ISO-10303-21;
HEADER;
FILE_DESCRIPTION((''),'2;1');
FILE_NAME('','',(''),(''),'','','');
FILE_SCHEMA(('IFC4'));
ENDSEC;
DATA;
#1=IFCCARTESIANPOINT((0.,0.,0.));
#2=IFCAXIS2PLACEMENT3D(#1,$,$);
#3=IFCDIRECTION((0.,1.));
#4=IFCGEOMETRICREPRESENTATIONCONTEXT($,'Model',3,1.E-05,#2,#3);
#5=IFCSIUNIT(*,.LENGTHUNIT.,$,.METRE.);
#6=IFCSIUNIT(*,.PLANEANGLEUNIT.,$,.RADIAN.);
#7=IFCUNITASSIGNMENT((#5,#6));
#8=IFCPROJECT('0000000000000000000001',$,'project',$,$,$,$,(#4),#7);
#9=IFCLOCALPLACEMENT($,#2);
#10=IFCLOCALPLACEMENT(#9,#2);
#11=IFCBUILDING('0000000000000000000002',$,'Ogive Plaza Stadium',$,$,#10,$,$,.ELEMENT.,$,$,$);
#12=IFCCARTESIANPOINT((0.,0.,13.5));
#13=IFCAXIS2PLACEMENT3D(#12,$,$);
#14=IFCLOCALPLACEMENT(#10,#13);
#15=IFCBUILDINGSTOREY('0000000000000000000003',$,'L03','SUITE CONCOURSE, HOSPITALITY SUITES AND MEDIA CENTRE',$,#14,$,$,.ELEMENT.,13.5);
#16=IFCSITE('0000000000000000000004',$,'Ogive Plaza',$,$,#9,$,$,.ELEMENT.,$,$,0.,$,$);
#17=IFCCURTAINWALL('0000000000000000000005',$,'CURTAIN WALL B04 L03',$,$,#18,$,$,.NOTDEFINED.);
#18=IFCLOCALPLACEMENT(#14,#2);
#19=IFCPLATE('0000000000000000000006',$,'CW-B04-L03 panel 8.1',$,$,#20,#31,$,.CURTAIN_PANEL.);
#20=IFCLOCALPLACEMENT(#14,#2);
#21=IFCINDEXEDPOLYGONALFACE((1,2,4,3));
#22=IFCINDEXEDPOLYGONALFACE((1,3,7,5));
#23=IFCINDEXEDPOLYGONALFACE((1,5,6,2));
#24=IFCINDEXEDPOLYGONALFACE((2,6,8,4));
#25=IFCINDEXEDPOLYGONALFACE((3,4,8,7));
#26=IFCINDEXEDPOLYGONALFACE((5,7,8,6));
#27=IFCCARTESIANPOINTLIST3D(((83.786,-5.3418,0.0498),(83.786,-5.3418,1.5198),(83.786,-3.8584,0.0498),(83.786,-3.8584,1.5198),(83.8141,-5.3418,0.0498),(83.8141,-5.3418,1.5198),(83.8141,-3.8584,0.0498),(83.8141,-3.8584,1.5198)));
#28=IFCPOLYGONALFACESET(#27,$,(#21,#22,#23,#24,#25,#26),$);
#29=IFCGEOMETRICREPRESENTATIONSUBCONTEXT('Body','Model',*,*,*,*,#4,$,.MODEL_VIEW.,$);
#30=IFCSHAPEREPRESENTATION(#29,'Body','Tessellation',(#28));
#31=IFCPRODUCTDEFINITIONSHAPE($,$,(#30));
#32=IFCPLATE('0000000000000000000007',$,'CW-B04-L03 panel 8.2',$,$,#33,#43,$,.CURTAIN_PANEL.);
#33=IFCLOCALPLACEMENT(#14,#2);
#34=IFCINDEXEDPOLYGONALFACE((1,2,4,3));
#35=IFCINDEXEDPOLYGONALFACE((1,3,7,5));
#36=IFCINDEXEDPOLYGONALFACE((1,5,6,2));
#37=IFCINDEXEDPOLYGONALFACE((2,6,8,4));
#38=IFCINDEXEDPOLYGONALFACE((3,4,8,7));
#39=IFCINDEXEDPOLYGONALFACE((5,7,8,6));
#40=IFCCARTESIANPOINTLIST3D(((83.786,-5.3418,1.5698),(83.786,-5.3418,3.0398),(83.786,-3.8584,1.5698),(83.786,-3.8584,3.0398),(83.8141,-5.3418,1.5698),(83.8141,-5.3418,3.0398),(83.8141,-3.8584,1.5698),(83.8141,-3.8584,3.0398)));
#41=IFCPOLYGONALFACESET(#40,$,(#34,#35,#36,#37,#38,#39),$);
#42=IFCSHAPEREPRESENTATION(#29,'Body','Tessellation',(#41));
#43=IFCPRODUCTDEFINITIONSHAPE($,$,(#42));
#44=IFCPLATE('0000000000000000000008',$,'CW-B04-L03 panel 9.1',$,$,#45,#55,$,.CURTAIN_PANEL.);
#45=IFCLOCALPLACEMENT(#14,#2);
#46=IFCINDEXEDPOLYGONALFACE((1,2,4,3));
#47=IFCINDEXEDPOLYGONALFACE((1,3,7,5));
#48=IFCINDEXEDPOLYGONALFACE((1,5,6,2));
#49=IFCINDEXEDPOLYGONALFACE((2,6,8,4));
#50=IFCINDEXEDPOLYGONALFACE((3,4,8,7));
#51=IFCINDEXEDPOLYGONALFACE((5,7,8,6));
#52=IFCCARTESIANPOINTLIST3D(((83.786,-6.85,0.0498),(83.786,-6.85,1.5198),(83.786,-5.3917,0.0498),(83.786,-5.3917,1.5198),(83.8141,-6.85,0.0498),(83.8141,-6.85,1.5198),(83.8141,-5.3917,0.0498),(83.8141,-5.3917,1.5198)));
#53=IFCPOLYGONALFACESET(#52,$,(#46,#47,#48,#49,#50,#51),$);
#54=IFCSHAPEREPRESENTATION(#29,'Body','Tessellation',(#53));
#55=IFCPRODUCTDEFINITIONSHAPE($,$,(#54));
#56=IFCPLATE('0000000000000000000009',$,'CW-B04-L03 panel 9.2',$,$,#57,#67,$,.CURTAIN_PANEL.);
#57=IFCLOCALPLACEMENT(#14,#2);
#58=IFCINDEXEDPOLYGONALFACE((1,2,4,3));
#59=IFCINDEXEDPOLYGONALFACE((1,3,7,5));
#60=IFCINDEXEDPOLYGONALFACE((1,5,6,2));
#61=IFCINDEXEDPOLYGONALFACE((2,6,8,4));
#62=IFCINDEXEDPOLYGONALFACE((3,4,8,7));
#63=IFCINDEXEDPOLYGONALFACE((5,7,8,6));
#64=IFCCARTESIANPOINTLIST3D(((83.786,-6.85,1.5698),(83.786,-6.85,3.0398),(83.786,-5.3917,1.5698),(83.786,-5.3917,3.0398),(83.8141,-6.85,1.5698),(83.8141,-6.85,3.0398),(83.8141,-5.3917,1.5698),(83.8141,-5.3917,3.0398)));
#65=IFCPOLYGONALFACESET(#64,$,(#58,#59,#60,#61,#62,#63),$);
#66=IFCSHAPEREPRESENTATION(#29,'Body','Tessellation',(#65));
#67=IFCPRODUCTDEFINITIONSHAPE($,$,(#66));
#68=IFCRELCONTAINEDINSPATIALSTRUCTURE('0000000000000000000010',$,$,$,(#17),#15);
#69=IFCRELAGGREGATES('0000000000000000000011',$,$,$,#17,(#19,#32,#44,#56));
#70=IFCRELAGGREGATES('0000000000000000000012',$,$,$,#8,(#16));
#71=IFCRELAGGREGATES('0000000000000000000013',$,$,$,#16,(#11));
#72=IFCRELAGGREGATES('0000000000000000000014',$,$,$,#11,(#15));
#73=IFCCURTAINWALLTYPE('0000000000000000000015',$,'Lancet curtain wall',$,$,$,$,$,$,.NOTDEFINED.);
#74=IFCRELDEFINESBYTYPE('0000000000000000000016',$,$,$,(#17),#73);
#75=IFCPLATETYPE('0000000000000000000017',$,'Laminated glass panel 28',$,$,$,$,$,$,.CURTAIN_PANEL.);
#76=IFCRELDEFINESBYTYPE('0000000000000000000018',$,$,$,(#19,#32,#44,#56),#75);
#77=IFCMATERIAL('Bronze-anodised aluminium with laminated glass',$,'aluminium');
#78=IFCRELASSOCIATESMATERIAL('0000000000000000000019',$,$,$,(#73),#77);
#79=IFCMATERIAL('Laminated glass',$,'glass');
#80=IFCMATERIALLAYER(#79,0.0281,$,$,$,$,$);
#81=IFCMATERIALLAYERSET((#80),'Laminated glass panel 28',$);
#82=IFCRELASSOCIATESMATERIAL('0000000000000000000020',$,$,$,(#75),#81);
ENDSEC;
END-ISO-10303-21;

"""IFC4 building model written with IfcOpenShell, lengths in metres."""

from ifc_helpers import new_model, si_unit, direction, frame, origin, origin_2d, place, context, subcontext, project, spatial, rectangle, extrude, material, layer, layer_set, type_object, element, aggregate, save


model = new_model("IFC4")

# Units and contexts
model_context = context("Model", 3, precision=1e-05, world=origin(), true_north=direction((0.0, 1.0)))
body_context = subcontext(model_context, "Body", "Model", "MODEL_VIEW")
ifc_project = project(units=[si_unit("LENGTHUNIT", "METRE"), si_unit("PLANEANGLEUNIT", "RADIAN")], contexts=[model_context])

# Site, building, storey
site_placement = place(None, origin())
site = spatial("IfcSite", under=ifc_project, at=site_placement, Name="Ogive Plaza", CompositionType="ELEMENT", RefElevation=0.0)
building_placement = place(site_placement, origin())
building = spatial("IfcBuilding", under=site, at=building_placement, Name="Ogive Plaza Stadium", CompositionType="ELEMENT")
storey_placement = place(building_placement, frame((0.0, 0.0, 13.5)))
storey = spatial("IfcBuildingStorey", under=building, at=storey_placement, Name="L03", Description="SUITE CONCOURSE, HOSPITALITY SUITES AND MEDIA CENTRE", CompositionType="ELEMENT", Elevation=13.5)

# Curtain wall
ifc_material_1 = material(Name="Bronze-anodised aluminium with laminated glass", Category="aluminium")
curtain_wall_type = type_object("IfcCurtainWallType", Name="Lancet curtain wall", PredefinedType="NOTDEFINED", material=ifc_material_1)
curtain_wall_1_placement = place(storey_placement, origin())
curtain_wall_1 = element("IfcCurtainWall", 1, at=curtain_wall_1_placement, inside=storey, type_object=curtain_wall_type, Name="CURTAIN WALL B04 L03", PredefinedType="NOTDEFINED")

# Plates
ifc_material_2 = material(Name="Laminated glass", Category="glass")
ifc_layer = layer(ifc_material_2, 0.0281)
ifc_layer_set = layer_set([ifc_layer], Name="Laminated glass panel 28")
plate_type = type_object("IfcPlateType", Name="Laminated glass panel 28", PredefinedType="CURTAIN_PANEL", material=ifc_layer_set)
plate_1_placement = place(storey_placement, frame((83.8, -4.6001, 0.0498), z_axis=(0.0, 0.0, 1.0), x_axis=(0.0, -1.0, 0.0)))
plate_1 = element("IfcPlate", 2, at=plate_1_placement, type_object=plate_type, Name="CW-B04-L03 panel 8.1", PredefinedType="CURTAIN_PANEL", context=body_context, shape_type="SweptSolid", body=[
    extrude(rectangle(XDim=1.4834, YDim=0.0281, at=origin_2d()), origin(), (0.0, 0.0, 1.0), 1.47),
])
plate_2_placement = place(storey_placement, frame((83.8, -4.6001, 1.5698), z_axis=(0.0, 0.0, 1.0), x_axis=(0.0, -1.0, 0.0)))
plate_2 = element("IfcPlate", 3, at=plate_2_placement, type_object=plate_type, Name="CW-B04-L03 panel 8.2", PredefinedType="CURTAIN_PANEL", context=body_context, shape_type="SweptSolid", body=[
    extrude(rectangle(XDim=1.4834, YDim=0.0281, at=origin_2d()), origin(), (0.0, 0.0, 1.0), 1.47),
])
plate_3_placement = place(storey_placement, frame((83.8, -6.1208, 0.0498), z_axis=(0.0, 0.0, 1.0), x_axis=(0.0, -1.0, 0.0)))
plate_3 = element("IfcPlate", 4, at=plate_3_placement, type_object=plate_type, Name="CW-B04-L03 panel 9.1", PredefinedType="CURTAIN_PANEL", context=body_context, shape_type="SweptSolid", body=[
    extrude(rectangle(XDim=1.4583, YDim=0.0281, at=origin_2d()), origin(), (0.0, 0.0, 1.0), 1.47),
])
plate_4_placement = place(storey_placement, frame((83.8, -6.1208, 1.5698), z_axis=(0.0, 0.0, 1.0), x_axis=(0.0, -1.0, 0.0)))
plate_4 = element("IfcPlate", 5, at=plate_4_placement, type_object=plate_type, Name="CW-B04-L03 panel 9.2", PredefinedType="CURTAIN_PANEL", context=body_context, shape_type="SweptSolid", body=[
    extrude(rectangle(XDim=1.4583, YDim=0.0281, at=origin_2d()), origin(), (0.0, 0.0, 1.0), 1.47),
])
aggregate(curtain_wall_1, [plate_1, plate_2, plate_3, plate_4])

save(model, "model.ifc")
